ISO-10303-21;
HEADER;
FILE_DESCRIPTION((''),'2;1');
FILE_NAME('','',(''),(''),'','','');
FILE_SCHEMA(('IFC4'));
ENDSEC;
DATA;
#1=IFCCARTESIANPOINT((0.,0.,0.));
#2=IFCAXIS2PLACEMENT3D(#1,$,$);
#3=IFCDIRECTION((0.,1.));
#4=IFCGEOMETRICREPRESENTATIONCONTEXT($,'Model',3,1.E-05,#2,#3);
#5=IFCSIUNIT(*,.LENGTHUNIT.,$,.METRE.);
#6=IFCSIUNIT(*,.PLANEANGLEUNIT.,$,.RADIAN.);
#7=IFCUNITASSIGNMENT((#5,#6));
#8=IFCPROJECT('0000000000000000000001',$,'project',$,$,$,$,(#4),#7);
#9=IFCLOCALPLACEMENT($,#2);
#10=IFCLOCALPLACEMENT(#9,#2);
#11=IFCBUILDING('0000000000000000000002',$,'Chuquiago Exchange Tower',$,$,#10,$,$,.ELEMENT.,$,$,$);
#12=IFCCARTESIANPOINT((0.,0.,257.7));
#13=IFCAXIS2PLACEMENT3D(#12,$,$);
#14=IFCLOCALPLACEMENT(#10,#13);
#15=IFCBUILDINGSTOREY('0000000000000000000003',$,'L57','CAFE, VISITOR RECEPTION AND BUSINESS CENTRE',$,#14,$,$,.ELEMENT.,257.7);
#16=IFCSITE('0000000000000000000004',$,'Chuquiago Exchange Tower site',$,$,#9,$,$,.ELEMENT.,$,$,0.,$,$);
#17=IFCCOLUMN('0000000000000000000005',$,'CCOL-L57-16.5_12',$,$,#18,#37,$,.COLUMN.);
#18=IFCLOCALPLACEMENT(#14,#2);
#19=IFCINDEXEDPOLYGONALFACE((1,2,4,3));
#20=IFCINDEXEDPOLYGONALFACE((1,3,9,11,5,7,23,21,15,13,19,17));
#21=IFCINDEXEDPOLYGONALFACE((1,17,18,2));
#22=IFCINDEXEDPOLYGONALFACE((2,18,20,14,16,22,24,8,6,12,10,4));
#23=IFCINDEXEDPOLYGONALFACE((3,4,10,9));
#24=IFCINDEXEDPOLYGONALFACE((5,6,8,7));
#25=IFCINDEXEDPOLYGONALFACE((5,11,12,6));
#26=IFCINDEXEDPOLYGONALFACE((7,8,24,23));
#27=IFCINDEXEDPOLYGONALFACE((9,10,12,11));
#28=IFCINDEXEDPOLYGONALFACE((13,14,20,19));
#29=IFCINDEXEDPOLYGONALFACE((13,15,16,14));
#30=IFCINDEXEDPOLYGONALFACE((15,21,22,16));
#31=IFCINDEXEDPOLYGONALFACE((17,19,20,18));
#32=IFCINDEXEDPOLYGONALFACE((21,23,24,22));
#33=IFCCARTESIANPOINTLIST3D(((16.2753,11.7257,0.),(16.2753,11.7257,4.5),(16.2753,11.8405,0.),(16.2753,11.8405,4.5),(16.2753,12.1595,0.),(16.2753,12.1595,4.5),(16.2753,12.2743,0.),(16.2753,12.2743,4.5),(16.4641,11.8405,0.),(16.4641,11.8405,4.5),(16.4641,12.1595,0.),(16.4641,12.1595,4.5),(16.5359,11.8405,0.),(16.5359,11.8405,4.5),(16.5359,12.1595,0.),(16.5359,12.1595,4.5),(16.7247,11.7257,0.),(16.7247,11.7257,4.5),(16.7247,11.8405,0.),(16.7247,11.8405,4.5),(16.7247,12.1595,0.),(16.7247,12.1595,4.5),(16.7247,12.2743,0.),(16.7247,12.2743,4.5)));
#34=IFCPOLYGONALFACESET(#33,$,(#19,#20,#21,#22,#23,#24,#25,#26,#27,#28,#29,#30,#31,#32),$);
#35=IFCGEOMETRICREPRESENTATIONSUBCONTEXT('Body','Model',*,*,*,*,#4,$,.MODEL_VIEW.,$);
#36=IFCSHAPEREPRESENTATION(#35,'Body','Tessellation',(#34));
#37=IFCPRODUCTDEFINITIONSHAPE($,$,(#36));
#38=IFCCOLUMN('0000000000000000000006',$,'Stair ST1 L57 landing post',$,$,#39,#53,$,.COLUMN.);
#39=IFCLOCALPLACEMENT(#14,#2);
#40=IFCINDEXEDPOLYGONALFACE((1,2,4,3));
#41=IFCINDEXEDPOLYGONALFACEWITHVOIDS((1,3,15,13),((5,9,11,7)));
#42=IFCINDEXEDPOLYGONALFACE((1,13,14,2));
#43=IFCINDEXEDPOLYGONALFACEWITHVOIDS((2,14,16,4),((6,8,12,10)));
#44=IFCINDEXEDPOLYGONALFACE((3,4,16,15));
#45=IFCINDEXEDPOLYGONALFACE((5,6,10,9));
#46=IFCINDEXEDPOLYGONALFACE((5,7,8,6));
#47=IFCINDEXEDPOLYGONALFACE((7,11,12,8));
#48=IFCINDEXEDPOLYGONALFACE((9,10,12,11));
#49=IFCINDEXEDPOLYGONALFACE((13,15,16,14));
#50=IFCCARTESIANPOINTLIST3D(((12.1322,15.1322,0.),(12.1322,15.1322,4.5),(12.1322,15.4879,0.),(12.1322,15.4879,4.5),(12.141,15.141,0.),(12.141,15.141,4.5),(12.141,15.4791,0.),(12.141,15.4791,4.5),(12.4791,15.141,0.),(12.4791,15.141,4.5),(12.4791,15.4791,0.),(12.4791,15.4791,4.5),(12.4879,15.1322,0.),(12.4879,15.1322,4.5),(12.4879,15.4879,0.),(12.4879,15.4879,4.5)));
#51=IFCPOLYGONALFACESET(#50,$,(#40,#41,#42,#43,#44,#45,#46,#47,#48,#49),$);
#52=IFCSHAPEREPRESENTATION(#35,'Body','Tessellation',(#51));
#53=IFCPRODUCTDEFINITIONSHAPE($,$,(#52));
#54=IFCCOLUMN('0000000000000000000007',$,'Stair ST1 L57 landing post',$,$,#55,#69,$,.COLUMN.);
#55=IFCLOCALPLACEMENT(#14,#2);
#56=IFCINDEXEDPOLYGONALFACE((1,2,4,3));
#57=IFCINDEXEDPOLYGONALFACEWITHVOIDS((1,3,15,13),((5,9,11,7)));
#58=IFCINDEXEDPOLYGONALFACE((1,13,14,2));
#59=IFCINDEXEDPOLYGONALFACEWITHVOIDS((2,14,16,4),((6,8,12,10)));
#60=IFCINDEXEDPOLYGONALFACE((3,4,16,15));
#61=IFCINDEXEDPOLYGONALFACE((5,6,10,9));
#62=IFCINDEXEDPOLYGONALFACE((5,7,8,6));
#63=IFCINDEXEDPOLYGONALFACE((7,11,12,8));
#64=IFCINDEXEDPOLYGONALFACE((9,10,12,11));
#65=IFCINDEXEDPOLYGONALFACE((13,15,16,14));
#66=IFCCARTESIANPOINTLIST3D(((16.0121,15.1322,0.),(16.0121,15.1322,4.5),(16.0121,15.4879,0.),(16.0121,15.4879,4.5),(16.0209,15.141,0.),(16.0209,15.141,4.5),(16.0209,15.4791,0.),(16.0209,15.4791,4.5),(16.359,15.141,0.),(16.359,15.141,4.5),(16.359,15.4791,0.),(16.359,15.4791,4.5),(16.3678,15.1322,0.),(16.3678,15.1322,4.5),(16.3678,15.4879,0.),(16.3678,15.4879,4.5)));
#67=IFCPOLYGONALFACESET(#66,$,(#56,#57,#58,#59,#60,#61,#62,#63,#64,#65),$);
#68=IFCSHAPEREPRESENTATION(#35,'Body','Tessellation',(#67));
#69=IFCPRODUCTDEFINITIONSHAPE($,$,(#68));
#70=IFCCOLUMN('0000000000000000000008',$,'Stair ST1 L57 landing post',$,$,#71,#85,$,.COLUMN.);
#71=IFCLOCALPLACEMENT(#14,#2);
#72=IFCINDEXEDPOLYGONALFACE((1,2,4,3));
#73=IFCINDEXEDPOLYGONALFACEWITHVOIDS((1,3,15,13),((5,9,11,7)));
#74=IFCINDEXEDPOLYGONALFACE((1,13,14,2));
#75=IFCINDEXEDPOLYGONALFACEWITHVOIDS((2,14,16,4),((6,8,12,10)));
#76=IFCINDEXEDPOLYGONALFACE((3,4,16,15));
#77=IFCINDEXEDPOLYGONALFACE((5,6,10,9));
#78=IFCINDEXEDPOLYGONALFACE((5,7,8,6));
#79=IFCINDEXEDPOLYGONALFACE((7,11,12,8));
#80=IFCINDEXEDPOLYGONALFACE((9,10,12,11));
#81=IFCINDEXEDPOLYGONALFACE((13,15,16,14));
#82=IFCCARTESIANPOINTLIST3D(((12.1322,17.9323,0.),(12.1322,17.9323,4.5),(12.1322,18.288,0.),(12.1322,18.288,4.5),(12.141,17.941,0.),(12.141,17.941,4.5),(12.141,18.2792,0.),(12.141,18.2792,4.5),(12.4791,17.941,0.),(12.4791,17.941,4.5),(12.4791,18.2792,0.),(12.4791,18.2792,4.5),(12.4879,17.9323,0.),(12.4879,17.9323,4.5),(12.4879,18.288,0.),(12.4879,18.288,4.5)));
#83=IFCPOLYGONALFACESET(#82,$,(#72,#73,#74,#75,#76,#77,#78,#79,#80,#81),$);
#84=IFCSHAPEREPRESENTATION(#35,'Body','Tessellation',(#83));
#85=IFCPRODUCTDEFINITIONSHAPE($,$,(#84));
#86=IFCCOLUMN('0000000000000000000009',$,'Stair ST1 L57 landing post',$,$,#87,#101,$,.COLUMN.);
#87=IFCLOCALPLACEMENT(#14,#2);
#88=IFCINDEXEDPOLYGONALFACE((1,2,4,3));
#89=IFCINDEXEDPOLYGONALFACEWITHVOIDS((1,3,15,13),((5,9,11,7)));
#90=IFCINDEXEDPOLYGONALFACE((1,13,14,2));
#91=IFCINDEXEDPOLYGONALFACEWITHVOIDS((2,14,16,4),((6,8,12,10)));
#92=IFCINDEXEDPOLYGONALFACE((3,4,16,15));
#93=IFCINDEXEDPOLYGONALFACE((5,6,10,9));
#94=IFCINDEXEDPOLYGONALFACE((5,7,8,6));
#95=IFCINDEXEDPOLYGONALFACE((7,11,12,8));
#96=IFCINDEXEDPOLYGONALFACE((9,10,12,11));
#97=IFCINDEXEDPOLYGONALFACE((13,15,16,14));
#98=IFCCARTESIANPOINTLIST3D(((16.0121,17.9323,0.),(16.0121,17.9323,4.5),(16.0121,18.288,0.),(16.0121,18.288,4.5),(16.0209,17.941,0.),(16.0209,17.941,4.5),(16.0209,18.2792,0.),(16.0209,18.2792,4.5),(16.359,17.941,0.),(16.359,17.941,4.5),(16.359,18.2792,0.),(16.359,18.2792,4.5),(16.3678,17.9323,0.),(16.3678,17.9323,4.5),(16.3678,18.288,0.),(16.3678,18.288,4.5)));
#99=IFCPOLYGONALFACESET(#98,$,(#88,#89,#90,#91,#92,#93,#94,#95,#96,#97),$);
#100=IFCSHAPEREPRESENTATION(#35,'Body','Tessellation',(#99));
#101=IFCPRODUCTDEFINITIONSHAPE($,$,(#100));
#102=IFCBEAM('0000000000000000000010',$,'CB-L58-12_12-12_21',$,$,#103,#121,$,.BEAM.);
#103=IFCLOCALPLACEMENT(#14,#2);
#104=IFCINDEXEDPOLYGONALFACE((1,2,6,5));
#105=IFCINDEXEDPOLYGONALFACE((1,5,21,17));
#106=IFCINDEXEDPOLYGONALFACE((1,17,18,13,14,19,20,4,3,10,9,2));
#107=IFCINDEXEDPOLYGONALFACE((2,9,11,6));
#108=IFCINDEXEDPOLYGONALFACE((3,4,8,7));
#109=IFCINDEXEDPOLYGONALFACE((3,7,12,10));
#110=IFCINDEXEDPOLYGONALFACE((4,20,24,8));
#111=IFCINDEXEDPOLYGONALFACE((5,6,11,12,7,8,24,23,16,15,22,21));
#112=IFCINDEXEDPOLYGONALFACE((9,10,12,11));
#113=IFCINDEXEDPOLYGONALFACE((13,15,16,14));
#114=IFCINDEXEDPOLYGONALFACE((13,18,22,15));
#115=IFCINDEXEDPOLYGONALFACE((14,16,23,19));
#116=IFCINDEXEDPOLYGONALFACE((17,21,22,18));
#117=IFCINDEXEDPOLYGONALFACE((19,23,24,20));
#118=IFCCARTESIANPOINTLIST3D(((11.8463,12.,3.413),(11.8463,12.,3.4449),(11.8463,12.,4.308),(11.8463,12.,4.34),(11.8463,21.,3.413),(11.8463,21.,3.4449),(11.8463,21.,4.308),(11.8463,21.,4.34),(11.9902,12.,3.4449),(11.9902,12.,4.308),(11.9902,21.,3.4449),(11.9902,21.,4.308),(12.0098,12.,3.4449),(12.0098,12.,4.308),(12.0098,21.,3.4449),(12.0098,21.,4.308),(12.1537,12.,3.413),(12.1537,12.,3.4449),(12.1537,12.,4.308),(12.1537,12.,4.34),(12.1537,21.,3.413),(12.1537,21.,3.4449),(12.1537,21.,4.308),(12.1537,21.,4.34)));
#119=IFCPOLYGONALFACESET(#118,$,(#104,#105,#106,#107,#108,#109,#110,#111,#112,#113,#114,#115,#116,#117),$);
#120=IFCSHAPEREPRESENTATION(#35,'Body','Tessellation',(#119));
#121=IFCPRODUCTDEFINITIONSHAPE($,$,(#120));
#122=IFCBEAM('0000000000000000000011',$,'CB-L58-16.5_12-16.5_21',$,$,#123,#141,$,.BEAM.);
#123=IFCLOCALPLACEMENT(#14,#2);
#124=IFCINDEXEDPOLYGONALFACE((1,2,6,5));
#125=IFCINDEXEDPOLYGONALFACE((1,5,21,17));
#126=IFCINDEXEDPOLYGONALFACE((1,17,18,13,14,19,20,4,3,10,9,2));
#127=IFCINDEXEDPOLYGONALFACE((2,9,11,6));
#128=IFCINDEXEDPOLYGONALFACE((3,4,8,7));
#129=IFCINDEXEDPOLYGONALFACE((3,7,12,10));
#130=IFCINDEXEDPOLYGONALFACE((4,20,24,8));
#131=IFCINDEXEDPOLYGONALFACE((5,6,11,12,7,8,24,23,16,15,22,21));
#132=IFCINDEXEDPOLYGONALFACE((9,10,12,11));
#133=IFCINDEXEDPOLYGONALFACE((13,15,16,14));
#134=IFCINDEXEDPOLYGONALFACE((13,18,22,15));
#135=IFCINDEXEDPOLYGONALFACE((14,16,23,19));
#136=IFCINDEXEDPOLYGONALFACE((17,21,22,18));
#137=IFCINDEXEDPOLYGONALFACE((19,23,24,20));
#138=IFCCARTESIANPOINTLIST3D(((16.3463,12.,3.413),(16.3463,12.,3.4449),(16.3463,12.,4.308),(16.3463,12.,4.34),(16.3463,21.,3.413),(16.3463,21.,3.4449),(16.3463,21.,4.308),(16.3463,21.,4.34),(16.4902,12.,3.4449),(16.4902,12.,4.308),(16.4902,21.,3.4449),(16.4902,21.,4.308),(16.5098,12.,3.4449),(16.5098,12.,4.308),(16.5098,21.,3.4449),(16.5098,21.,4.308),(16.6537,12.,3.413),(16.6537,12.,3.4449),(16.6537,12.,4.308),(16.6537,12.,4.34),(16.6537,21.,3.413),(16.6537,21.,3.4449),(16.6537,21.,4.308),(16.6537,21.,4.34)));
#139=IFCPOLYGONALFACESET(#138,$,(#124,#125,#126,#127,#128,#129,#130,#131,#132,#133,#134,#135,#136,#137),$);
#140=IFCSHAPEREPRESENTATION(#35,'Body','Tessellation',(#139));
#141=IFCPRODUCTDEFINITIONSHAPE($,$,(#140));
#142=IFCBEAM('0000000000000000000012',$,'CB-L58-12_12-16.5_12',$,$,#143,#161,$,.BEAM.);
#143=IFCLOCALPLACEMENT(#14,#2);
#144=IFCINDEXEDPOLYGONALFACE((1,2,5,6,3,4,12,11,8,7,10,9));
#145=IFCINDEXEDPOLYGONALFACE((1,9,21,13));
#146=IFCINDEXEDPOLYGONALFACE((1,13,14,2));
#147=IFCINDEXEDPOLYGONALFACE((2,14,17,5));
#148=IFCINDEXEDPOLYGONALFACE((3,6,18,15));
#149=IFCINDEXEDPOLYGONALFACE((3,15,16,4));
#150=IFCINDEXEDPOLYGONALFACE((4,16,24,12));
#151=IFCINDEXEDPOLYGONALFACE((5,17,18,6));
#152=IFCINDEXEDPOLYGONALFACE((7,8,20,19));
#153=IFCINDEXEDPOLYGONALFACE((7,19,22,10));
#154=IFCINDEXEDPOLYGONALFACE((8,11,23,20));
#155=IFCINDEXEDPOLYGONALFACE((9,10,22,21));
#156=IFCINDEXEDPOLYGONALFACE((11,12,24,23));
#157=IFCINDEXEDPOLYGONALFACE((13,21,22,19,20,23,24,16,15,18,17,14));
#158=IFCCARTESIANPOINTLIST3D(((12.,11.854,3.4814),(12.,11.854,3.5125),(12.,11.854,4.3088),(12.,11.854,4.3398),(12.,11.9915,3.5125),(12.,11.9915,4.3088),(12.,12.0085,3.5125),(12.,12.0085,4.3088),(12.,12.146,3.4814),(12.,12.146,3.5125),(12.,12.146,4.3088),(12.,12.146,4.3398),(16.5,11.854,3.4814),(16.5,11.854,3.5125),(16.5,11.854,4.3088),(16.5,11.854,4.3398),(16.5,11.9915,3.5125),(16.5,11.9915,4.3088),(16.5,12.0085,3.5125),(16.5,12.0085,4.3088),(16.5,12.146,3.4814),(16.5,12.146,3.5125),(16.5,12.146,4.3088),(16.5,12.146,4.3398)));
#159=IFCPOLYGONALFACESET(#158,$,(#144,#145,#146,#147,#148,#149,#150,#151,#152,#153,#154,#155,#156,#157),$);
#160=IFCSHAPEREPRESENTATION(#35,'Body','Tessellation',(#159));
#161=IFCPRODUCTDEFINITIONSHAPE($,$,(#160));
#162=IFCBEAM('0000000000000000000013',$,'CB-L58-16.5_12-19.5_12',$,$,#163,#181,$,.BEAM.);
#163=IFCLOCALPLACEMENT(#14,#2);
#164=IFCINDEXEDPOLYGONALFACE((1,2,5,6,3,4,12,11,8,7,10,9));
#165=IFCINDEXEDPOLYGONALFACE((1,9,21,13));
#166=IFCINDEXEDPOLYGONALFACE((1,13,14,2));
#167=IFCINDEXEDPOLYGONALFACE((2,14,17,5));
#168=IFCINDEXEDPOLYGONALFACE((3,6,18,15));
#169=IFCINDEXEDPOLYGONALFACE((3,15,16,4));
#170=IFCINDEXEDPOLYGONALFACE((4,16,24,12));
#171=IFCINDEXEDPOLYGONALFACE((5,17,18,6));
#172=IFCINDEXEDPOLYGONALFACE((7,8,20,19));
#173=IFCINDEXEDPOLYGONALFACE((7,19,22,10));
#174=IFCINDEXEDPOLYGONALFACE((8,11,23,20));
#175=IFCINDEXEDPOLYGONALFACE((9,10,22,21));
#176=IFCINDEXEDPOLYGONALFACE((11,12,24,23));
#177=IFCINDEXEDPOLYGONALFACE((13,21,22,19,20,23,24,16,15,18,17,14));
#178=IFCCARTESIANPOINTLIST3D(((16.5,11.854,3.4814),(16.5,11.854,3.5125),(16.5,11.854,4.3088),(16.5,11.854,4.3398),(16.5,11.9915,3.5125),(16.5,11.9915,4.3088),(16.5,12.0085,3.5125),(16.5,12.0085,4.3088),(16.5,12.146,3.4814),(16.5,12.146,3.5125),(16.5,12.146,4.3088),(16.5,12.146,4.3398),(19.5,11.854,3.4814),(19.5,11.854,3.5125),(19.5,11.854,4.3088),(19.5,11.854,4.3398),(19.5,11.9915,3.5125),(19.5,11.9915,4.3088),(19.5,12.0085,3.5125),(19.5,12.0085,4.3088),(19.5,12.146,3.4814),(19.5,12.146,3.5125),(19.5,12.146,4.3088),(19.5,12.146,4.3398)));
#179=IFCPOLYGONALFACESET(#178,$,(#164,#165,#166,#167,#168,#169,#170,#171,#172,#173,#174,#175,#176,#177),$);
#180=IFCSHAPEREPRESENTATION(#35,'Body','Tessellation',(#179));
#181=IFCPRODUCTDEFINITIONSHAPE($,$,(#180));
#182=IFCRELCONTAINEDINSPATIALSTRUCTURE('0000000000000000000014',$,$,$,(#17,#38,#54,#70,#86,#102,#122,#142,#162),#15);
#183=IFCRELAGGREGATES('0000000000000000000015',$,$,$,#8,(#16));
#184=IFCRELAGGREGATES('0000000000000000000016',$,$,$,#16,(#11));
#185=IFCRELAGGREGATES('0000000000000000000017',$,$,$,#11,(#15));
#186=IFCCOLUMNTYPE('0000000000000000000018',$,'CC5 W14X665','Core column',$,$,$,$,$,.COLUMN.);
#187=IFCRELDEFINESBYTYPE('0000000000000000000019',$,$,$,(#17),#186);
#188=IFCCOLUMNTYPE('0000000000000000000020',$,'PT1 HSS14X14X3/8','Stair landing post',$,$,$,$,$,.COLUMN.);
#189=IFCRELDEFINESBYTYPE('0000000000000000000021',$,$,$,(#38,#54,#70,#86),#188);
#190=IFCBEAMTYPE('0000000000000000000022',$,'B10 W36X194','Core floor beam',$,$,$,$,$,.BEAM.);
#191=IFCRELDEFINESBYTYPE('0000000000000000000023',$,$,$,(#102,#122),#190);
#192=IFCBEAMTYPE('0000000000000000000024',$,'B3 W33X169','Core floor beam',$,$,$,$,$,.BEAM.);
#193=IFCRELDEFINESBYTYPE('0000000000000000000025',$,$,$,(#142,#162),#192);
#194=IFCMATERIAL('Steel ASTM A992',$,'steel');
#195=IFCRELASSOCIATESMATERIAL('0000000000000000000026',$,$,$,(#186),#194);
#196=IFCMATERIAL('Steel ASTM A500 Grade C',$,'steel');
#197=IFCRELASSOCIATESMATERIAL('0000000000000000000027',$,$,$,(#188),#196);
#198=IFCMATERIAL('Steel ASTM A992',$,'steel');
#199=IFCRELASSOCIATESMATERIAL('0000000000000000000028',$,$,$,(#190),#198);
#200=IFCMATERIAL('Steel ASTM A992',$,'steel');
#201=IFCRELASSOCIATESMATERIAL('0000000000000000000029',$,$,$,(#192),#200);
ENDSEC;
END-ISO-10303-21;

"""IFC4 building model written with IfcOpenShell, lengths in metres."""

from ifc_helpers import new_model, si_unit, direction, frame, origin, origin_2d, place, context, subcontext, project, spatial, hollow_rectangle, i_section, extrude, material, material_profile, profile_set, type_object, element, save


model = new_model("IFC4")

# Units and contexts
model_context = context("Model", 3, precision=1e-05, world=origin(), true_north=direction((0.0, 1.0)))
body_context = subcontext(model_context, "Body", "Model", "MODEL_VIEW")
ifc_project = project(units=[si_unit("LENGTHUNIT", "METRE"), si_unit("PLANEANGLEUNIT", "RADIAN")], contexts=[model_context])

# Site, building, storey
site_placement = place(None, origin())
site = spatial("IfcSite", under=ifc_project, at=site_placement, Name="Chuquiago Exchange Tower site", CompositionType="ELEMENT", RefElevation=0.0)
building_placement = place(site_placement, origin())
building = spatial("IfcBuilding", under=site, at=building_placement, Name="Chuquiago Exchange Tower", CompositionType="ELEMENT")
storey_placement = place(building_placement, frame((0.0, 0.0, 257.7)))
storey = spatial("IfcBuildingStorey", under=building, at=storey_placement, Name="L57", Description="CAFE, VISITOR RECEPTION AND BUSINESS CENTRE", CompositionType="ELEMENT", Elevation=257.7)

# Columns
ifc_material_1 = material(Name="Steel ASTM A992", Category="steel")
ifc_material_profile_1 = material_profile(ifc_material_1, i_section(OverallWidth=0.4495, OverallDepth=0.5486, WebThickness=0.0718, FlangeThickness=0.1147, at=origin_2d()), Name="W14X665")
ifc_profile_set_1 = profile_set([ifc_material_profile_1], Name="Steel ASTM A992")
column_type_1 = type_object("IfcColumnType", Name="CC5 W14X665", Description="Core column", PredefinedType="COLUMN", material=ifc_profile_set_1)
column_placement = place(storey_placement, frame((16.5, 12.0, 0.0), z_axis=(0.0, 0.0, 1.0), x_axis=(1.0, 0.0, 0.0)))
element("IfcColumn", 1, at=column_placement, inside=storey, type_object=column_type_1, Name="CCOL-L57-16.5_12", PredefinedType="COLUMN", context=body_context, shape_type="SweptSolid", body=[
    extrude(i_section(OverallWidth=0.4495, OverallDepth=0.5486, WebThickness=0.0718, FlangeThickness=0.1147, at=origin_2d()), origin(), (0.0, 0.0, 1.0), 4.5),
])
ifc_material_2 = material(Name="Steel ASTM A500 Grade C", Category="steel")
ifc_material_profile_2 = material_profile(ifc_material_2, hollow_rectangle(XDim=0.3557, YDim=0.3557, WallThickness=0.0088, at=origin_2d()), Name="HSS14X14X3/8")
ifc_profile_set_2 = profile_set([ifc_material_profile_2], Name="Steel ASTM A500 Grade C")
column_type_2 = type_object("IfcColumnType", Name="PT1 HSS14X14X3/8", Description="Stair landing post", PredefinedType="COLUMN", material=ifc_profile_set_2)
for number, where, z_axis, x_axis, name in (
    (2, (12.3101, 15.3101, 0.0), (0.0, 0.0, 1.0), (1.0, 0.0, 0.0), "Stair ST1 L57 landing post"),
    (3, (16.1899, 15.3101, 0.0), (0.0, 0.0, 1.0), (1.0, 0.0, 0.0), "Stair ST1 L57 landing post"),
    (4, (12.3101, 18.1101, 0.0), (0.0, 0.0, 1.0), (1.0, 0.0, 0.0), "Stair ST1 L57 landing post"),
    (5, (16.1899, 18.1101, 0.0), (0.0, 0.0, 1.0), (1.0, 0.0, 0.0), "Stair ST1 L57 landing post"),
):
    element("IfcColumn", number, at=place(storey_placement, frame(where, z_axis=z_axis, x_axis=x_axis)), inside=storey, type_object=column_type_2, Name=name, PredefinedType="COLUMN", context=body_context, shape_type="SweptSolid", body=[
        extrude(hollow_rectangle(XDim=0.3557, YDim=0.3557, WallThickness=0.0088, at=origin_2d()), origin(), (0.0, 0.0, 1.0), 4.5),
    ])

# Beams
ifc_material_3 = material(Name="Steel ASTM A992", Category="steel")
ifc_material_profile_3 = material_profile(ifc_material_3, i_section(OverallWidth=0.3074, OverallDepth=0.927, WebThickness=0.0195, FlangeThickness=0.032, at=origin_2d()), Name="W36X194")
ifc_profile_set_3 = profile_set([ifc_material_profile_3], Name="Steel ASTM A992")
beam_type_1 = type_object("IfcBeamType", Name="B10 W36X194", Description="Core floor beam", PredefinedType="BEAM", material=ifc_profile_set_3)
for number, where, z_axis, x_axis, name in (
    (6, (12.0, 12.0, 3.8765), (0.0, 1.0, 0.0), (-1.0, 0.0, 0.0), "CB-L58-12_12-12_21"),
    (7, (16.5, 12.0, 3.8765), (0.0, 1.0, 0.0), (-1.0, 0.0, 0.0), "CB-L58-16.5_12-16.5_21"),
):
    element("IfcBeam", number, at=place(storey_placement, frame(where, z_axis=z_axis, x_axis=x_axis)), inside=storey, type_object=beam_type_1, Name=name, PredefinedType="BEAM", context=body_context, shape_type="SweptSolid", body=[
        extrude(i_section(OverallWidth=0.3074, OverallDepth=0.927, WebThickness=0.0195, FlangeThickness=0.032, at=origin_2d()), origin(), (0.0, 0.0, 1.0), 9.0),
    ])
ifc_material_4 = material(Name="Steel ASTM A992", Category="steel")
ifc_material_profile_4 = material_profile(ifc_material_4, i_section(OverallWidth=0.292, OverallDepth=0.8584, WebThickness=0.0171, FlangeThickness=0.031, at=origin_2d()), Name="W33X169")
ifc_profile_set_4 = profile_set([ifc_material_profile_4], Name="Steel ASTM A992")
beam_type_2 = type_object("IfcBeamType", Name="B3 W33X169", Description="Core floor beam", PredefinedType="BEAM", material=ifc_profile_set_4)
beam_1_placement = place(storey_placement, frame((12.0, 12.0, 3.9106), z_axis=(1.0, 0.0, 0.0), x_axis=(0.0, 1.0, 0.0)))
element("IfcBeam", 8, at=beam_1_placement, inside=storey, type_object=beam_type_2, Name="CB-L58-12_12-16.5_12", PredefinedType="BEAM", context=body_context, shape_type="SweptSolid", body=[
    extrude(i_section(OverallWidth=0.292, OverallDepth=0.8584, WebThickness=0.0171, FlangeThickness=0.031, at=origin_2d()), origin(), (0.0, 0.0, 1.0), 4.5),
])
beam_2_placement = place(storey_placement, frame((16.5, 12.0, 3.9106), z_axis=(1.0, 0.0, 0.0), x_axis=(0.0, 1.0, 0.0)))
element("IfcBeam", 9, at=beam_2_placement, inside=storey, type_object=beam_type_2, Name="CB-L58-16.5_12-19.5_12", PredefinedType="BEAM", context=body_context, shape_type="SweptSolid", body=[
    extrude(i_section(OverallWidth=0.292, OverallDepth=0.8584, WebThickness=0.0171, FlangeThickness=0.031, at=origin_2d()), origin(), (0.0, 0.0, 1.0), 3.0),
])

save(model, "model.ifc")
